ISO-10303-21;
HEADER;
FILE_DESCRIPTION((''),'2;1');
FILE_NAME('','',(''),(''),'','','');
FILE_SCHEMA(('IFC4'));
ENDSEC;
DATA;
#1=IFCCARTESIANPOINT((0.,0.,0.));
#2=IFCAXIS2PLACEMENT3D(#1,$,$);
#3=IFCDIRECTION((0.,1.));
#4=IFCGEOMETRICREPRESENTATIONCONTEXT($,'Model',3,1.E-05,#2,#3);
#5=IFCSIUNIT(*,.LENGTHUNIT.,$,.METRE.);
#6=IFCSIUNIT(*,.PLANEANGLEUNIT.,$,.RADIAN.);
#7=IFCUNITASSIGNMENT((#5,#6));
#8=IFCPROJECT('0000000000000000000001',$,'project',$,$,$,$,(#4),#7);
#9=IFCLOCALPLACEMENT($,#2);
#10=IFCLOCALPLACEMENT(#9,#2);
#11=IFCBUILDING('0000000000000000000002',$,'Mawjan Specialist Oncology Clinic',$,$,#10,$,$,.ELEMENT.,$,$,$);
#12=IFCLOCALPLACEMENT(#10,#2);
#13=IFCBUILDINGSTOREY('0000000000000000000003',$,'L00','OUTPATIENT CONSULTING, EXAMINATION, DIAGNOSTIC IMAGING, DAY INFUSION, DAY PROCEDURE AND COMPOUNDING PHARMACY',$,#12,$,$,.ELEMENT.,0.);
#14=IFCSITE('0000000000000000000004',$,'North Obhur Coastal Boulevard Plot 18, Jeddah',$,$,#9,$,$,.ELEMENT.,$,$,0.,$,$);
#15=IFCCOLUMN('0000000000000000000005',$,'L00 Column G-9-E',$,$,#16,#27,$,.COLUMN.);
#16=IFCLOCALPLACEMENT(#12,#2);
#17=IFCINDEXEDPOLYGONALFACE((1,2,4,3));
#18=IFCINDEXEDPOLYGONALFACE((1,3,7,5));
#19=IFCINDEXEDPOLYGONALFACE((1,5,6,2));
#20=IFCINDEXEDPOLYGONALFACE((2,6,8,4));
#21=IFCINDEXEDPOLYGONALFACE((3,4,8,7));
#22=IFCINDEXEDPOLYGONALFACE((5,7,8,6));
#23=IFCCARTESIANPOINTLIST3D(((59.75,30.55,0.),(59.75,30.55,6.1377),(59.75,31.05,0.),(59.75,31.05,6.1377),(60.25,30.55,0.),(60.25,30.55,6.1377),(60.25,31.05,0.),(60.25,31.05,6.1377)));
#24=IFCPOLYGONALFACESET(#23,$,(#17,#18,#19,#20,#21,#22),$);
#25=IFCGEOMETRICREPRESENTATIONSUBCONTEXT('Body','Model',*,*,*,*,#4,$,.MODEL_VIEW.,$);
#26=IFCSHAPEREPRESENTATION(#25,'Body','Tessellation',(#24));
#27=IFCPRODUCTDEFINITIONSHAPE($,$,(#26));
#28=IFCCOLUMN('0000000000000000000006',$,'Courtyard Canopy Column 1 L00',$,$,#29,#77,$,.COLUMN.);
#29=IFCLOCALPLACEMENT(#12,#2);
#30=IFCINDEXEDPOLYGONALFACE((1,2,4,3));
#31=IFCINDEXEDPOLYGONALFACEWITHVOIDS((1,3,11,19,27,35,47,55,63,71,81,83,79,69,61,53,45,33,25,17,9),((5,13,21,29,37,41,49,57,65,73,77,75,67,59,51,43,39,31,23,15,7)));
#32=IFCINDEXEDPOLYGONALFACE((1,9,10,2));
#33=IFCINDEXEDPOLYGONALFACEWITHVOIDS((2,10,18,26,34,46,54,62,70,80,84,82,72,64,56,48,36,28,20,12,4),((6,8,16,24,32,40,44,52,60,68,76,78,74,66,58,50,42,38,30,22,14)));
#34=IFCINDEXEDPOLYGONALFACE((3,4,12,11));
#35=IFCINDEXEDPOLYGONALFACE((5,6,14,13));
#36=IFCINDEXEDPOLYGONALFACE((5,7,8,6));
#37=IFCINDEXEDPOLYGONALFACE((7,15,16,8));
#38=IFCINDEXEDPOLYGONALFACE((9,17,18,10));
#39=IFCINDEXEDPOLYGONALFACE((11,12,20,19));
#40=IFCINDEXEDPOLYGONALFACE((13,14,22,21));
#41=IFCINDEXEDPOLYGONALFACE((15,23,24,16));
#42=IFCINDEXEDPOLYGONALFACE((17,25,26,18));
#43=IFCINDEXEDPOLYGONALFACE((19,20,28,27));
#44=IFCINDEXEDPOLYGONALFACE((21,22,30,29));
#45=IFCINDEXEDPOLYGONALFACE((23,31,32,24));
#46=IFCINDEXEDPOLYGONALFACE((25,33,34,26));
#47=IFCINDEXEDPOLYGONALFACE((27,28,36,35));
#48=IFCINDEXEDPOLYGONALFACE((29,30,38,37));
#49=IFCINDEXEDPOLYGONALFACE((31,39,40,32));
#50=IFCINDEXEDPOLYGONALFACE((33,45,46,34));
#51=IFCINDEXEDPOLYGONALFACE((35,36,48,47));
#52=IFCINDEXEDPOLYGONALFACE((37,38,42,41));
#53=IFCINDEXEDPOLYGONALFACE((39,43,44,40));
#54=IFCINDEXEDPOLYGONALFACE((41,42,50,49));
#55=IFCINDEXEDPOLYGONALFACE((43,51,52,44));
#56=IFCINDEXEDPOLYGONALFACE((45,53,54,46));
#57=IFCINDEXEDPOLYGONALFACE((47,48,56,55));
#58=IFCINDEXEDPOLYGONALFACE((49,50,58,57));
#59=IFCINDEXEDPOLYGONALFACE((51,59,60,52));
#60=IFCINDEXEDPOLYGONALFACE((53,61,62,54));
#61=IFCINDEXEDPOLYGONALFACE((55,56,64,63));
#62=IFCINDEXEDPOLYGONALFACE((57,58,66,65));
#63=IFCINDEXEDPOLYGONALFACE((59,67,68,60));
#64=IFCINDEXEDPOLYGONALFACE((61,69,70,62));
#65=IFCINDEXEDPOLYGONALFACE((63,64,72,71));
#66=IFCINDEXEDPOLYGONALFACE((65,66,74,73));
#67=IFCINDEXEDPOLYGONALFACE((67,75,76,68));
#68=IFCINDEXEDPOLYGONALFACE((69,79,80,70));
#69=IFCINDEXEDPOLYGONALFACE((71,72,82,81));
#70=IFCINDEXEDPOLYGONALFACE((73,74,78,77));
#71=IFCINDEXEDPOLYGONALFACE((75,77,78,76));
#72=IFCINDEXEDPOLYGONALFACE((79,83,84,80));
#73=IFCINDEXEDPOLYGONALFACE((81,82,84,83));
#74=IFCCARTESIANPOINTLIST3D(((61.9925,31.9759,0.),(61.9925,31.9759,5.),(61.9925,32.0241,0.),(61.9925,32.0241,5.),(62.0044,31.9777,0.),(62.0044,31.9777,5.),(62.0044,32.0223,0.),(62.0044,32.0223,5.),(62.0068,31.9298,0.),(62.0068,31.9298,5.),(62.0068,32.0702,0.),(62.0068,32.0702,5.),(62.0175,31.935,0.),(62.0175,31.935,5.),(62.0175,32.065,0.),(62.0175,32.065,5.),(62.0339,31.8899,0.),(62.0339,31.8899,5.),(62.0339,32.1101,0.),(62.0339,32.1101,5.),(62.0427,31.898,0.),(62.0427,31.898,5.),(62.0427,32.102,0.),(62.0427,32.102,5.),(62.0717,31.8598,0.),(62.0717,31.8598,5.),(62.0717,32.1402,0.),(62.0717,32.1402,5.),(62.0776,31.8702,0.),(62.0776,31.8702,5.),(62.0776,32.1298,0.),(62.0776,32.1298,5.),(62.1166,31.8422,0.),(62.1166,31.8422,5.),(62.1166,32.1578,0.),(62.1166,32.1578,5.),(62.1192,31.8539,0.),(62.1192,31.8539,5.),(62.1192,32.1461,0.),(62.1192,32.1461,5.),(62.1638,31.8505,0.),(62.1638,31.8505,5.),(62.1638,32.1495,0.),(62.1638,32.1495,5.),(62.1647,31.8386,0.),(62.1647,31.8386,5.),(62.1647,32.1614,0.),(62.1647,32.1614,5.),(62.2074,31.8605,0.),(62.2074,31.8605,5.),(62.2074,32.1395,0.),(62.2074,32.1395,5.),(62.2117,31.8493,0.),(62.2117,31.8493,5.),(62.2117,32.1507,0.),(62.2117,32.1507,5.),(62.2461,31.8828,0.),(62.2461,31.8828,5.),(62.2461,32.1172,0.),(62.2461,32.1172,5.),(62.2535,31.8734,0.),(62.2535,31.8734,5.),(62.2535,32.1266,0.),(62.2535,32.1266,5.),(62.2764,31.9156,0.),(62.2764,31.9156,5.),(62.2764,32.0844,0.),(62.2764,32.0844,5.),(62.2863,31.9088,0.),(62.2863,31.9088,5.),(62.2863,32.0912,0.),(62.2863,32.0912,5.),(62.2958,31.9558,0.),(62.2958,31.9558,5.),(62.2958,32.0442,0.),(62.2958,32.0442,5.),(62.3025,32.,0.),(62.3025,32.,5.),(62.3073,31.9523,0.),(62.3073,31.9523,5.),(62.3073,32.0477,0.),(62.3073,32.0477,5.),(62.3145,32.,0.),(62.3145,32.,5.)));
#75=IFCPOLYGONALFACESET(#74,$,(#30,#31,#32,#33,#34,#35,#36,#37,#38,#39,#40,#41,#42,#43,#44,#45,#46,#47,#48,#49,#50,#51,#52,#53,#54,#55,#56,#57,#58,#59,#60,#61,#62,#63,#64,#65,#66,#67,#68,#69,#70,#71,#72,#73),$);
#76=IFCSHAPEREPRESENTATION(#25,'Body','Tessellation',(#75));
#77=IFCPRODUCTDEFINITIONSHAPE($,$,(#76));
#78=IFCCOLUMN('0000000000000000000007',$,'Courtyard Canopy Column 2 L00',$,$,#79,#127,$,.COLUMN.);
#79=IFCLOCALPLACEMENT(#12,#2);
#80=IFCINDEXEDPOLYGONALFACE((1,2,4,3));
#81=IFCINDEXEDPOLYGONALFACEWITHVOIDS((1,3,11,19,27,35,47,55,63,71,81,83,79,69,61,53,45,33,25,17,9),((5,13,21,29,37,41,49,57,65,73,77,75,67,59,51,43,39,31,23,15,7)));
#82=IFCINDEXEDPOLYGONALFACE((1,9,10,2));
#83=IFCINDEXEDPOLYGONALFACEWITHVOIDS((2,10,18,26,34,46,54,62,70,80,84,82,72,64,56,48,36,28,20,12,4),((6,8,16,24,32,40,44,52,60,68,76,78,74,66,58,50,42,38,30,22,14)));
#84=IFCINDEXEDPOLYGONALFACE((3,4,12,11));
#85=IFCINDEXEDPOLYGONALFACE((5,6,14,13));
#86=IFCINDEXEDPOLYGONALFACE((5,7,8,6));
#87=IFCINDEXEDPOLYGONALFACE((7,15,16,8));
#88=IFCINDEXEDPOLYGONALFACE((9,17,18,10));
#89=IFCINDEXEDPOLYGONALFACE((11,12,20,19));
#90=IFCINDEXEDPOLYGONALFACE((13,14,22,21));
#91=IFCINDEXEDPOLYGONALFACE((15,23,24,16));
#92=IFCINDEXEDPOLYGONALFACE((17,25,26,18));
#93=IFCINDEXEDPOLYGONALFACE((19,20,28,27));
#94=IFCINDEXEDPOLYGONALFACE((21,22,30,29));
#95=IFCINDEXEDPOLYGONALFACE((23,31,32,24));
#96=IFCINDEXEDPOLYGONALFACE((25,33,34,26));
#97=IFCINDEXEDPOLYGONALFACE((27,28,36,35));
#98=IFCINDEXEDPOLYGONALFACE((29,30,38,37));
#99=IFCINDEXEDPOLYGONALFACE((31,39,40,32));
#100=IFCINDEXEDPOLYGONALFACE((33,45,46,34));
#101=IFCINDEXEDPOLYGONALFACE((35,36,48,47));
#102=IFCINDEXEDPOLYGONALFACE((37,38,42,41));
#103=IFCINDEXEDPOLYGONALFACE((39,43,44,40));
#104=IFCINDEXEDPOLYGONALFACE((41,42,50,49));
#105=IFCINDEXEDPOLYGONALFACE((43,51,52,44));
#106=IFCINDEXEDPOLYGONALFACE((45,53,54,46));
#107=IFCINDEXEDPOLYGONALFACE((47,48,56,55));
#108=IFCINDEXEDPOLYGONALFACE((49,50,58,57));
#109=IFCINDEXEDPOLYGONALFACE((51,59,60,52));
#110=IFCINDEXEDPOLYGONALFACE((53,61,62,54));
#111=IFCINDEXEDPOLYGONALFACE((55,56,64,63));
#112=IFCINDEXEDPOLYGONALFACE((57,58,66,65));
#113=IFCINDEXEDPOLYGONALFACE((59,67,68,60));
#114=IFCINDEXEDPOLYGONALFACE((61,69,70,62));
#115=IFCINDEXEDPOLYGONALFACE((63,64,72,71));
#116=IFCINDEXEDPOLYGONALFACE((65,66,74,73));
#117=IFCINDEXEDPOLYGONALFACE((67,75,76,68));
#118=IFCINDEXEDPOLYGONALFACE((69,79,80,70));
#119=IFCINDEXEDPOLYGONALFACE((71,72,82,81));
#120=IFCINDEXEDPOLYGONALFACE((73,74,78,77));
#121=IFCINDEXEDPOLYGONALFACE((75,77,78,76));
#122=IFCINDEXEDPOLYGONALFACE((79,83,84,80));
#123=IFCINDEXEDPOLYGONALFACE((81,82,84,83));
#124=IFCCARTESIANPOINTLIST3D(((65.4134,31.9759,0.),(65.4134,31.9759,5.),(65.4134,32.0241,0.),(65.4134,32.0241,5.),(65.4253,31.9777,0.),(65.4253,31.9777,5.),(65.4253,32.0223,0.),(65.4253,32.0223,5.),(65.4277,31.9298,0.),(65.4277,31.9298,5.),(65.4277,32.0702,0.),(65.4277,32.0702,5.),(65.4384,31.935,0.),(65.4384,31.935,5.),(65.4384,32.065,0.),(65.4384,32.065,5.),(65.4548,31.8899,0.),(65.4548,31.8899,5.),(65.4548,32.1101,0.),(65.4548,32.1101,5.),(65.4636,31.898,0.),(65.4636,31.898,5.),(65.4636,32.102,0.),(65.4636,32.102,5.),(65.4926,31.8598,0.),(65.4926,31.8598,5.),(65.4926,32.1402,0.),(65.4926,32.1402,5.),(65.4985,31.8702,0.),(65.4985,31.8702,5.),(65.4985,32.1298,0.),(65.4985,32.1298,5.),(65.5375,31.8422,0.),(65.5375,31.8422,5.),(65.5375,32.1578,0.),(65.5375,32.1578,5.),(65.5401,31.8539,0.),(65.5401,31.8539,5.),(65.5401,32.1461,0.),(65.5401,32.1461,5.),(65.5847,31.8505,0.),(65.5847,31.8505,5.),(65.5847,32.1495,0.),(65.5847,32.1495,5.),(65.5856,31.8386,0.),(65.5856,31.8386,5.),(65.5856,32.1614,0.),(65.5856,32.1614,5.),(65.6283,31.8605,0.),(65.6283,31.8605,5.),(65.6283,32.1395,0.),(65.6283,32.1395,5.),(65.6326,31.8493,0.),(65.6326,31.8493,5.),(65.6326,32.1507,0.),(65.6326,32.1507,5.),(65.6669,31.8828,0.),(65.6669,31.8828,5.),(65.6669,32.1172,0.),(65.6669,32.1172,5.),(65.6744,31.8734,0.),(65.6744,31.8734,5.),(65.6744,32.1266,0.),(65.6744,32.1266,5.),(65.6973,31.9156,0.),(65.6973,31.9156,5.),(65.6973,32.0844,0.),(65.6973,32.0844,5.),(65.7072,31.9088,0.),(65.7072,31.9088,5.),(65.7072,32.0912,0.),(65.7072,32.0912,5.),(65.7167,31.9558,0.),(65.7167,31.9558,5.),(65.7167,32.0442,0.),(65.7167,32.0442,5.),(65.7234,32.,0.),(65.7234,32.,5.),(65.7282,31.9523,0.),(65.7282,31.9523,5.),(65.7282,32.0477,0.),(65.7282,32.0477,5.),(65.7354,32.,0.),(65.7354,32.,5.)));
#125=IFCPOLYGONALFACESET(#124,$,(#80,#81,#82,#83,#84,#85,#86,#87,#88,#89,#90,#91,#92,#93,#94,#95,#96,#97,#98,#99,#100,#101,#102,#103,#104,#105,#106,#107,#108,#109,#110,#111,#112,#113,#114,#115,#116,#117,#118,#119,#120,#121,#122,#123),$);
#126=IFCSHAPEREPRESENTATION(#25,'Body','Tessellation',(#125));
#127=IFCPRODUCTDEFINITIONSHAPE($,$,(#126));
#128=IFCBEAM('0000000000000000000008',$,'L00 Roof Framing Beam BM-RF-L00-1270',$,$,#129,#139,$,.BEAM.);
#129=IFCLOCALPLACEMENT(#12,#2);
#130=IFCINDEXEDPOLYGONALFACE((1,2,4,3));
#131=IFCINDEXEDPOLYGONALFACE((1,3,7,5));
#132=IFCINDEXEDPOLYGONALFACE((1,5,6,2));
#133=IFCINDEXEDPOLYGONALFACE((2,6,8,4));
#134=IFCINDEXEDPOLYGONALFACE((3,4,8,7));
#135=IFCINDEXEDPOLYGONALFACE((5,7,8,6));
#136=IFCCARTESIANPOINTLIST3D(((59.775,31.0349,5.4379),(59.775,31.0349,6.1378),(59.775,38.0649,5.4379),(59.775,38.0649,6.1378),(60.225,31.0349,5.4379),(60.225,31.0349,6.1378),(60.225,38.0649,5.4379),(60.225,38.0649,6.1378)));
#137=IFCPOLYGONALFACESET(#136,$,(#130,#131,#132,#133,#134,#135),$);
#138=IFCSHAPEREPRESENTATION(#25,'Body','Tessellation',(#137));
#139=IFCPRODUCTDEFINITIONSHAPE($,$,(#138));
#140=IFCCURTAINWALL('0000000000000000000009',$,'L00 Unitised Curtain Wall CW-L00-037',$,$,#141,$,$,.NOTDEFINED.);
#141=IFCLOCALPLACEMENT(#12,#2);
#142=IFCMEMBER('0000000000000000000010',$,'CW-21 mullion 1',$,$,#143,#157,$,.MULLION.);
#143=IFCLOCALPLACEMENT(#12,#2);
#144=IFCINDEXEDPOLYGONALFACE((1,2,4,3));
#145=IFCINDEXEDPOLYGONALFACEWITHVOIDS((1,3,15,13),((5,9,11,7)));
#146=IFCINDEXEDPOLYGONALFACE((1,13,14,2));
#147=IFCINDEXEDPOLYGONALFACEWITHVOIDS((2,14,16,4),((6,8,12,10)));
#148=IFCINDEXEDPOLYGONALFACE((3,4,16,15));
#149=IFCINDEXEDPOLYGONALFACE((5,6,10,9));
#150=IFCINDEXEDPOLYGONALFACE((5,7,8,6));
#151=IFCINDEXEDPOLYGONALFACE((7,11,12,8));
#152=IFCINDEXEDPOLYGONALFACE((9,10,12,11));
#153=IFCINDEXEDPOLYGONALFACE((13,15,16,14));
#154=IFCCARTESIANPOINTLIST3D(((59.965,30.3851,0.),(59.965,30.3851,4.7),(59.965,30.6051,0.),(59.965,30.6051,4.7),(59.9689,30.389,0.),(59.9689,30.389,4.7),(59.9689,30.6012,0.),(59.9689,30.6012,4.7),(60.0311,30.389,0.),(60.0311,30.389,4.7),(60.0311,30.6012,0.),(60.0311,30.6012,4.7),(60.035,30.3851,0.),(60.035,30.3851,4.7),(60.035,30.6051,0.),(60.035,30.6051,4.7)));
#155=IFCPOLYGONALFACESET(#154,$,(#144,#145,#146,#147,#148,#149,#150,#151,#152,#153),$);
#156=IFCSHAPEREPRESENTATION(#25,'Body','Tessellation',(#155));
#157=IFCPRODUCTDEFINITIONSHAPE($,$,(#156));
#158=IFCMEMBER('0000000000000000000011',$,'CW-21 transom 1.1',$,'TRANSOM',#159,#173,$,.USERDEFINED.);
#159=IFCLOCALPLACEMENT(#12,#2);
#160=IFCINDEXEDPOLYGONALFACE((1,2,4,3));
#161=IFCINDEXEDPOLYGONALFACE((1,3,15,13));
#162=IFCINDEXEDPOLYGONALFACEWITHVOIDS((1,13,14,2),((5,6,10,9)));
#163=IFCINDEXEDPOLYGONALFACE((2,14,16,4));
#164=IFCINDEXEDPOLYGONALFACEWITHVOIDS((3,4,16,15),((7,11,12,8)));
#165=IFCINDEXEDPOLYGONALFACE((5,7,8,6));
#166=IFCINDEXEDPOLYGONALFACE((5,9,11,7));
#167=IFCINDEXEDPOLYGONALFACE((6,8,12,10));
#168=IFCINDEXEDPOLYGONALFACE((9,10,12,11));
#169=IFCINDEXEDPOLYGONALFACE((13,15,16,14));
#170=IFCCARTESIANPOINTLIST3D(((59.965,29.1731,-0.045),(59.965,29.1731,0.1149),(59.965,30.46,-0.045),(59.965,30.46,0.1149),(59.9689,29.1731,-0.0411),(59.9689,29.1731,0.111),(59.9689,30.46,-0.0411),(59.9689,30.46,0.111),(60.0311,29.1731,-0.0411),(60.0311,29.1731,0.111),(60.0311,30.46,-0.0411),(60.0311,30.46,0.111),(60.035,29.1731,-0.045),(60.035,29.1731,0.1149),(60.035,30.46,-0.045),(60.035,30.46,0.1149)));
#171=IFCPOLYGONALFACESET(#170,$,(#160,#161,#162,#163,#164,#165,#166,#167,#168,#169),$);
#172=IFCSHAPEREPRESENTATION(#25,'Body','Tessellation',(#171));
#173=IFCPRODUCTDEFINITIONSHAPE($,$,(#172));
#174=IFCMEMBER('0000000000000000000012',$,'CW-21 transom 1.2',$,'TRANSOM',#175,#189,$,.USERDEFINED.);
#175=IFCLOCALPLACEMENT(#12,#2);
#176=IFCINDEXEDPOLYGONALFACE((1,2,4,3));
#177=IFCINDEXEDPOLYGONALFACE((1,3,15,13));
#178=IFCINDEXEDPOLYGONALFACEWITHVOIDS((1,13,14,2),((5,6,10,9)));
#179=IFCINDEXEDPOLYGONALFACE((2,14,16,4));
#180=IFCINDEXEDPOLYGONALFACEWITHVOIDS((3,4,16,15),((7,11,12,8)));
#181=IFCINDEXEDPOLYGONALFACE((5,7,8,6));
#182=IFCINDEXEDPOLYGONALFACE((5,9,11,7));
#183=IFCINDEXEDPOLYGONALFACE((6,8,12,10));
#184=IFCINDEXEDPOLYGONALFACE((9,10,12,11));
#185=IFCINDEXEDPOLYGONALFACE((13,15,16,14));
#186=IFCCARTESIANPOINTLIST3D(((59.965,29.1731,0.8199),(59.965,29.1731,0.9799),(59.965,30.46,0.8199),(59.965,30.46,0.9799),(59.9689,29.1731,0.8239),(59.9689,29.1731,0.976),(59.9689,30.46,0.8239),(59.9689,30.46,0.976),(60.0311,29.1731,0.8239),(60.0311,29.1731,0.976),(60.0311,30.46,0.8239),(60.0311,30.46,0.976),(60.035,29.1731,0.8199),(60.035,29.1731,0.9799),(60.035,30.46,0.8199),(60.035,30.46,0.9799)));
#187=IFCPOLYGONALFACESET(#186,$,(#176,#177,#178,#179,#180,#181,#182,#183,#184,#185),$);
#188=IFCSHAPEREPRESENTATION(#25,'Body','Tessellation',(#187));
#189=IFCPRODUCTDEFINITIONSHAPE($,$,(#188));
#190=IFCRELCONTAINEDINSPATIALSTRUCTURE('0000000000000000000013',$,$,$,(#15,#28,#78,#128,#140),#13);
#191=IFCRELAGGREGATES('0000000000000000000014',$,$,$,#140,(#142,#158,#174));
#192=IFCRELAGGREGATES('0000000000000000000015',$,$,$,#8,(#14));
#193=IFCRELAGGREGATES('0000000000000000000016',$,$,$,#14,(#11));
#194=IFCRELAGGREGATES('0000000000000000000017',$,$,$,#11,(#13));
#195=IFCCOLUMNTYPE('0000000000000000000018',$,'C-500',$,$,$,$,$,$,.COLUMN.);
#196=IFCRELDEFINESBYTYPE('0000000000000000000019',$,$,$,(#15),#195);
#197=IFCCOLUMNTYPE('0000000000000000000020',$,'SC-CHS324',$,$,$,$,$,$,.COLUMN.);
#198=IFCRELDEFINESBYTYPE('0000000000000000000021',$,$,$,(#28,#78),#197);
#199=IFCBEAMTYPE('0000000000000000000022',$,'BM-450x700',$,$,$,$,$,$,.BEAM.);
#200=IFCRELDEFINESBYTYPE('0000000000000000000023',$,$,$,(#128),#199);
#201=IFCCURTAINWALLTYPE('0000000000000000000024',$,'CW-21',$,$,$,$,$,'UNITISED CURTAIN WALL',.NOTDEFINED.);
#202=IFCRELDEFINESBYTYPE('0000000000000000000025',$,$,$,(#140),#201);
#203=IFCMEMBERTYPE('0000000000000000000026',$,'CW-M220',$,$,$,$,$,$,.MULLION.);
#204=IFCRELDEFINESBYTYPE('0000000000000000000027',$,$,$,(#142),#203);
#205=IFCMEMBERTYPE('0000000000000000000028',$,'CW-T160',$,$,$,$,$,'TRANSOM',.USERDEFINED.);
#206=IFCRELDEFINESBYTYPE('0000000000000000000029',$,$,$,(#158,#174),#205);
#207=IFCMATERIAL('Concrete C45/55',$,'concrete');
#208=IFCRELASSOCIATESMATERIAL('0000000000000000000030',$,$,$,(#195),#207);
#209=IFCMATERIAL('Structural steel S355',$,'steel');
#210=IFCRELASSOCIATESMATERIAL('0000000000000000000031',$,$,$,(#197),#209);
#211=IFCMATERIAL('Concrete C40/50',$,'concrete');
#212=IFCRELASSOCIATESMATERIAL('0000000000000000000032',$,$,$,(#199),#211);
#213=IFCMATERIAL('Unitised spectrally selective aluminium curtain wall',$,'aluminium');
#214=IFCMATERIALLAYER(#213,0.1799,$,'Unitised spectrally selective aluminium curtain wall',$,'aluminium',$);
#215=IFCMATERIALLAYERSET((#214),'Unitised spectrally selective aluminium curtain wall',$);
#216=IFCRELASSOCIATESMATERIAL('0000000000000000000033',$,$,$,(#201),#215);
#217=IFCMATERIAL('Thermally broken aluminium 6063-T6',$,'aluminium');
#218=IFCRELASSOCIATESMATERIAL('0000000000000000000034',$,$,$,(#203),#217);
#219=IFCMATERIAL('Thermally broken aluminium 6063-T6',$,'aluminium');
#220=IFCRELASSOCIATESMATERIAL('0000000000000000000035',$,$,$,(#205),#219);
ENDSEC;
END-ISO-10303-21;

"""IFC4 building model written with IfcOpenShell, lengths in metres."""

from ifc_helpers import new_model, si_unit, direction, frame, origin, origin_2d, place, context, subcontext, project, spatial, rectangle, hollow_rectangle, hollow_circle, extrude, material, layer, layer_set, material_profile, profile_set, type_object, element, aggregate, save


model = new_model("IFC4")

# Units and contexts
model_context = context("Model", 3, precision=1e-05, world=origin(), true_north=direction((0.0, 1.0)))
body_context = subcontext(model_context, "Body", "Model", "MODEL_VIEW")
ifc_project = project(units=[si_unit("LENGTHUNIT", "METRE"), si_unit("PLANEANGLEUNIT", "RADIAN")], contexts=[model_context])

# Site, building, storey
site_placement = place(None, origin())
site = spatial("IfcSite", under=ifc_project, at=site_placement, Name="North Obhur Coastal Boulevard Plot 18, Jeddah", CompositionType="ELEMENT", RefElevation=0.0)
building_placement = place(site_placement, origin())
building = spatial("IfcBuilding", under=site, at=building_placement, Name="Mawjan Specialist Oncology Clinic", CompositionType="ELEMENT")
storey_placement = place(building_placement, origin())
storey = spatial("IfcBuildingStorey", under=building, at=storey_placement, Name="L00", Description="OUTPATIENT CONSULTING, EXAMINATION, DIAGNOSTIC IMAGING, DAY INFUSION, DAY PROCEDURE AND COMPOUNDING PHARMACY", CompositionType="ELEMENT", Elevation=0.0)

# Columns
ifc_material_1 = material(Name="Concrete C45/55", Category="concrete")
ifc_material_profile_1 = material_profile(ifc_material_1, rectangle(XDim=0.5, YDim=0.5, at=origin_2d()), Name="RC COL 500x500", Category="concrete")
ifc_profile_set_1 = profile_set([ifc_material_profile_1], Name="Concrete C45/55")
column_type_1 = type_object("IfcColumnType", Name="C-500", PredefinedType="COLUMN", material=ifc_profile_set_1)
column_placement = place(storey_placement, frame((60.0, 30.8, 0.0), z_axis=(0.0, 0.0, 1.0), x_axis=(1.0, 0.0, 0.0)))
element("IfcColumn", 1, at=column_placement, inside=storey, type_object=column_type_1, Name="L00 Column G-9-E", PredefinedType="COLUMN", context=body_context, shape_type="SweptSolid", body=[
    extrude(rectangle(XDim=0.5, YDim=0.5, at=origin_2d()), origin(), (0.0, 0.0, 1.0), 6.1377),
])
ifc_material_2 = material(Name="Structural steel S355", Category="steel")
ifc_material_profile_2 = material_profile(ifc_material_2, hollow_circle(Radius=0.1619, WallThickness=0.012, at=origin_2d()), Name="CHS 323.9x12", Category="steel")
ifc_profile_set_2 = profile_set([ifc_material_profile_2], Name="Structural steel S355")
column_type_2 = type_object("IfcColumnType", Name="SC-CHS324", PredefinedType="COLUMN", material=ifc_profile_set_2)
for number, where, z_axis, x_axis, name in (
    (2, (62.1526, 32.0, 0.0), (0.0, 0.0, 1.0), (1.0, 0.0, 0.0), "Courtyard Canopy Column 1 L00"),
    (3, (65.5735, 32.0, 0.0), (0.0, 0.0, 1.0), (1.0, 0.0, 0.0), "Courtyard Canopy Column 2 L00"),
):
    element("IfcColumn", number, at=place(storey_placement, frame(where, z_axis=z_axis, x_axis=x_axis)), inside=storey, type_object=column_type_2, Name=name, PredefinedType="COLUMN", context=body_context, shape_type="SweptSolid", body=[
        extrude(hollow_circle(Radius=0.1619, WallThickness=0.012, at=origin_2d()), origin(), (0.0, 0.0, 1.0), 5.0),
    ])

# Beam
ifc_material_3 = material(Name="Concrete C40/50", Category="concrete")
ifc_material_profile_3 = material_profile(ifc_material_3, rectangle(XDim=0.45, YDim=0.7, at=origin_2d()), Name="RC BM 450x700", Category="concrete")
ifc_profile_set_3 = profile_set([ifc_material_profile_3], Name="Concrete C40/50")
beam_type = type_object("IfcBeamType", Name="BM-450x700", PredefinedType="BEAM", material=ifc_profile_set_3)
beam_placement = place(storey_placement, frame((60.0, 31.0349, 5.7878), z_axis=(0.0, 1.0, 0.0), x_axis=(-1.0, 0.0, 0.0)))
element("IfcBeam", 4, at=beam_placement, inside=storey, type_object=beam_type, Name="L00 Roof Framing Beam BM-RF-L00-1270", PredefinedType="BEAM", context=body_context, shape_type="SweptSolid", body=[
    extrude(rectangle(XDim=0.45, YDim=0.7, at=origin_2d()), origin(), (0.0, 0.0, 1.0), 7.03),
])

# Curtain wall, members
ifc_material_4 = material(Name="Unitised spectrally selective aluminium curtain wall", Category="aluminium")
ifc_layer_1 = layer(ifc_material_4, 0.1799, Name="Unitised spectrally selective aluminium curtain wall", Category="aluminium")
ifc_layer_set_1 = layer_set([ifc_layer_1], Name="Unitised spectrally selective aluminium curtain wall")
curtain_wall_type = type_object("IfcCurtainWallType", Name="CW-21", ElementType="UNITISED CURTAIN WALL", PredefinedType="NOTDEFINED", material=ifc_layer_set_1)
curtain_wall_placement = place(storey_placement, origin())
curtain_wall = element("IfcCurtainWall", 5, at=curtain_wall_placement, inside=storey, type_object=curtain_wall_type, Name="L00 Unitised Curtain Wall CW-L00-037", PredefinedType="NOTDEFINED")
ifc_material_5 = material(Name="Thermally broken aluminium 6063-T6", Category="aluminium")
ifc_material_profile_4 = material_profile(ifc_material_5, hollow_rectangle(XDim=0.0701, YDim=0.22, WallThickness=0.0039, at=origin_2d()), Name="ALU MULLION 220x70x4", Category="aluminium")
ifc_profile_set_4 = profile_set([ifc_material_profile_4], Name="Thermally broken aluminium 6063-T6")
member_type_1 = type_object("IfcMemberType", Name="CW-M220", PredefinedType="MULLION", material=ifc_profile_set_4)
member_1_placement = place(storey_placement, frame((60.0, 30.4951, 0.0), z_axis=(0.0, 0.0, 1.0), x_axis=(1.0, 0.0, 0.0)))
member_1 = element("IfcMember", 6, at=member_1_placement, type_object=member_type_1, Name="CW-21 mullion 1", PredefinedType="MULLION", context=body_context, shape_type="SweptSolid", body=[
    extrude(hollow_rectangle(XDim=0.0701, YDim=0.22, WallThickness=0.0039, at=origin_2d()), origin(), (0.0, 0.0, 1.0), 4.7),
])
ifc_material_6 = material(Name="Thermally broken aluminium 6063-T6", Category="aluminium")
ifc_material_profile_5 = material_profile(ifc_material_6, hollow_rectangle(XDim=0.0701, YDim=0.1599, WallThickness=0.0039, at=origin_2d()), Name="ALU TRANSOM 160x70x4", Category="aluminium")
ifc_profile_set_5 = profile_set([ifc_material_profile_5], Name="Thermally broken aluminium 6063-T6")
member_type_2 = type_object("IfcMemberType", Name="CW-T160", ElementType="TRANSOM", PredefinedType="USERDEFINED", material=ifc_profile_set_5)
member_2_placement = place(storey_placement, frame((60.0, 30.46, 0.0349), z_axis=(0.0, -1.0, 0.0), x_axis=(1.0, 0.0, 0.0)))
member_2 = element("IfcMember", 7, at=member_2_placement, type_object=member_type_2, Name="CW-21 transom 1.1", ObjectType="TRANSOM", PredefinedType="USERDEFINED", context=body_context, shape_type="SweptSolid", body=[
    extrude(hollow_rectangle(XDim=0.0701, YDim=0.1599, WallThickness=0.0039, at=origin_2d()), origin(), (0.0, 0.0, 1.0), 1.2869),
])
member_3_placement = place(storey_placement, frame((60.0, 30.46, 0.8999), z_axis=(0.0, -1.0, 0.0), x_axis=(1.0, 0.0, 0.0)))
member_3 = element("IfcMember", 8, at=member_3_placement, type_object=member_type_2, Name="CW-21 transom 1.2", ObjectType="TRANSOM", PredefinedType="USERDEFINED", context=body_context, shape_type="SweptSolid", body=[
    extrude(hollow_rectangle(XDim=0.0701, YDim=0.1599, WallThickness=0.0039, at=origin_2d()), origin(), (0.0, 0.0, 1.0), 1.2869),
])
aggregate(curtain_wall, [member_1, member_2, member_3])

save(model, "model.ifc")
